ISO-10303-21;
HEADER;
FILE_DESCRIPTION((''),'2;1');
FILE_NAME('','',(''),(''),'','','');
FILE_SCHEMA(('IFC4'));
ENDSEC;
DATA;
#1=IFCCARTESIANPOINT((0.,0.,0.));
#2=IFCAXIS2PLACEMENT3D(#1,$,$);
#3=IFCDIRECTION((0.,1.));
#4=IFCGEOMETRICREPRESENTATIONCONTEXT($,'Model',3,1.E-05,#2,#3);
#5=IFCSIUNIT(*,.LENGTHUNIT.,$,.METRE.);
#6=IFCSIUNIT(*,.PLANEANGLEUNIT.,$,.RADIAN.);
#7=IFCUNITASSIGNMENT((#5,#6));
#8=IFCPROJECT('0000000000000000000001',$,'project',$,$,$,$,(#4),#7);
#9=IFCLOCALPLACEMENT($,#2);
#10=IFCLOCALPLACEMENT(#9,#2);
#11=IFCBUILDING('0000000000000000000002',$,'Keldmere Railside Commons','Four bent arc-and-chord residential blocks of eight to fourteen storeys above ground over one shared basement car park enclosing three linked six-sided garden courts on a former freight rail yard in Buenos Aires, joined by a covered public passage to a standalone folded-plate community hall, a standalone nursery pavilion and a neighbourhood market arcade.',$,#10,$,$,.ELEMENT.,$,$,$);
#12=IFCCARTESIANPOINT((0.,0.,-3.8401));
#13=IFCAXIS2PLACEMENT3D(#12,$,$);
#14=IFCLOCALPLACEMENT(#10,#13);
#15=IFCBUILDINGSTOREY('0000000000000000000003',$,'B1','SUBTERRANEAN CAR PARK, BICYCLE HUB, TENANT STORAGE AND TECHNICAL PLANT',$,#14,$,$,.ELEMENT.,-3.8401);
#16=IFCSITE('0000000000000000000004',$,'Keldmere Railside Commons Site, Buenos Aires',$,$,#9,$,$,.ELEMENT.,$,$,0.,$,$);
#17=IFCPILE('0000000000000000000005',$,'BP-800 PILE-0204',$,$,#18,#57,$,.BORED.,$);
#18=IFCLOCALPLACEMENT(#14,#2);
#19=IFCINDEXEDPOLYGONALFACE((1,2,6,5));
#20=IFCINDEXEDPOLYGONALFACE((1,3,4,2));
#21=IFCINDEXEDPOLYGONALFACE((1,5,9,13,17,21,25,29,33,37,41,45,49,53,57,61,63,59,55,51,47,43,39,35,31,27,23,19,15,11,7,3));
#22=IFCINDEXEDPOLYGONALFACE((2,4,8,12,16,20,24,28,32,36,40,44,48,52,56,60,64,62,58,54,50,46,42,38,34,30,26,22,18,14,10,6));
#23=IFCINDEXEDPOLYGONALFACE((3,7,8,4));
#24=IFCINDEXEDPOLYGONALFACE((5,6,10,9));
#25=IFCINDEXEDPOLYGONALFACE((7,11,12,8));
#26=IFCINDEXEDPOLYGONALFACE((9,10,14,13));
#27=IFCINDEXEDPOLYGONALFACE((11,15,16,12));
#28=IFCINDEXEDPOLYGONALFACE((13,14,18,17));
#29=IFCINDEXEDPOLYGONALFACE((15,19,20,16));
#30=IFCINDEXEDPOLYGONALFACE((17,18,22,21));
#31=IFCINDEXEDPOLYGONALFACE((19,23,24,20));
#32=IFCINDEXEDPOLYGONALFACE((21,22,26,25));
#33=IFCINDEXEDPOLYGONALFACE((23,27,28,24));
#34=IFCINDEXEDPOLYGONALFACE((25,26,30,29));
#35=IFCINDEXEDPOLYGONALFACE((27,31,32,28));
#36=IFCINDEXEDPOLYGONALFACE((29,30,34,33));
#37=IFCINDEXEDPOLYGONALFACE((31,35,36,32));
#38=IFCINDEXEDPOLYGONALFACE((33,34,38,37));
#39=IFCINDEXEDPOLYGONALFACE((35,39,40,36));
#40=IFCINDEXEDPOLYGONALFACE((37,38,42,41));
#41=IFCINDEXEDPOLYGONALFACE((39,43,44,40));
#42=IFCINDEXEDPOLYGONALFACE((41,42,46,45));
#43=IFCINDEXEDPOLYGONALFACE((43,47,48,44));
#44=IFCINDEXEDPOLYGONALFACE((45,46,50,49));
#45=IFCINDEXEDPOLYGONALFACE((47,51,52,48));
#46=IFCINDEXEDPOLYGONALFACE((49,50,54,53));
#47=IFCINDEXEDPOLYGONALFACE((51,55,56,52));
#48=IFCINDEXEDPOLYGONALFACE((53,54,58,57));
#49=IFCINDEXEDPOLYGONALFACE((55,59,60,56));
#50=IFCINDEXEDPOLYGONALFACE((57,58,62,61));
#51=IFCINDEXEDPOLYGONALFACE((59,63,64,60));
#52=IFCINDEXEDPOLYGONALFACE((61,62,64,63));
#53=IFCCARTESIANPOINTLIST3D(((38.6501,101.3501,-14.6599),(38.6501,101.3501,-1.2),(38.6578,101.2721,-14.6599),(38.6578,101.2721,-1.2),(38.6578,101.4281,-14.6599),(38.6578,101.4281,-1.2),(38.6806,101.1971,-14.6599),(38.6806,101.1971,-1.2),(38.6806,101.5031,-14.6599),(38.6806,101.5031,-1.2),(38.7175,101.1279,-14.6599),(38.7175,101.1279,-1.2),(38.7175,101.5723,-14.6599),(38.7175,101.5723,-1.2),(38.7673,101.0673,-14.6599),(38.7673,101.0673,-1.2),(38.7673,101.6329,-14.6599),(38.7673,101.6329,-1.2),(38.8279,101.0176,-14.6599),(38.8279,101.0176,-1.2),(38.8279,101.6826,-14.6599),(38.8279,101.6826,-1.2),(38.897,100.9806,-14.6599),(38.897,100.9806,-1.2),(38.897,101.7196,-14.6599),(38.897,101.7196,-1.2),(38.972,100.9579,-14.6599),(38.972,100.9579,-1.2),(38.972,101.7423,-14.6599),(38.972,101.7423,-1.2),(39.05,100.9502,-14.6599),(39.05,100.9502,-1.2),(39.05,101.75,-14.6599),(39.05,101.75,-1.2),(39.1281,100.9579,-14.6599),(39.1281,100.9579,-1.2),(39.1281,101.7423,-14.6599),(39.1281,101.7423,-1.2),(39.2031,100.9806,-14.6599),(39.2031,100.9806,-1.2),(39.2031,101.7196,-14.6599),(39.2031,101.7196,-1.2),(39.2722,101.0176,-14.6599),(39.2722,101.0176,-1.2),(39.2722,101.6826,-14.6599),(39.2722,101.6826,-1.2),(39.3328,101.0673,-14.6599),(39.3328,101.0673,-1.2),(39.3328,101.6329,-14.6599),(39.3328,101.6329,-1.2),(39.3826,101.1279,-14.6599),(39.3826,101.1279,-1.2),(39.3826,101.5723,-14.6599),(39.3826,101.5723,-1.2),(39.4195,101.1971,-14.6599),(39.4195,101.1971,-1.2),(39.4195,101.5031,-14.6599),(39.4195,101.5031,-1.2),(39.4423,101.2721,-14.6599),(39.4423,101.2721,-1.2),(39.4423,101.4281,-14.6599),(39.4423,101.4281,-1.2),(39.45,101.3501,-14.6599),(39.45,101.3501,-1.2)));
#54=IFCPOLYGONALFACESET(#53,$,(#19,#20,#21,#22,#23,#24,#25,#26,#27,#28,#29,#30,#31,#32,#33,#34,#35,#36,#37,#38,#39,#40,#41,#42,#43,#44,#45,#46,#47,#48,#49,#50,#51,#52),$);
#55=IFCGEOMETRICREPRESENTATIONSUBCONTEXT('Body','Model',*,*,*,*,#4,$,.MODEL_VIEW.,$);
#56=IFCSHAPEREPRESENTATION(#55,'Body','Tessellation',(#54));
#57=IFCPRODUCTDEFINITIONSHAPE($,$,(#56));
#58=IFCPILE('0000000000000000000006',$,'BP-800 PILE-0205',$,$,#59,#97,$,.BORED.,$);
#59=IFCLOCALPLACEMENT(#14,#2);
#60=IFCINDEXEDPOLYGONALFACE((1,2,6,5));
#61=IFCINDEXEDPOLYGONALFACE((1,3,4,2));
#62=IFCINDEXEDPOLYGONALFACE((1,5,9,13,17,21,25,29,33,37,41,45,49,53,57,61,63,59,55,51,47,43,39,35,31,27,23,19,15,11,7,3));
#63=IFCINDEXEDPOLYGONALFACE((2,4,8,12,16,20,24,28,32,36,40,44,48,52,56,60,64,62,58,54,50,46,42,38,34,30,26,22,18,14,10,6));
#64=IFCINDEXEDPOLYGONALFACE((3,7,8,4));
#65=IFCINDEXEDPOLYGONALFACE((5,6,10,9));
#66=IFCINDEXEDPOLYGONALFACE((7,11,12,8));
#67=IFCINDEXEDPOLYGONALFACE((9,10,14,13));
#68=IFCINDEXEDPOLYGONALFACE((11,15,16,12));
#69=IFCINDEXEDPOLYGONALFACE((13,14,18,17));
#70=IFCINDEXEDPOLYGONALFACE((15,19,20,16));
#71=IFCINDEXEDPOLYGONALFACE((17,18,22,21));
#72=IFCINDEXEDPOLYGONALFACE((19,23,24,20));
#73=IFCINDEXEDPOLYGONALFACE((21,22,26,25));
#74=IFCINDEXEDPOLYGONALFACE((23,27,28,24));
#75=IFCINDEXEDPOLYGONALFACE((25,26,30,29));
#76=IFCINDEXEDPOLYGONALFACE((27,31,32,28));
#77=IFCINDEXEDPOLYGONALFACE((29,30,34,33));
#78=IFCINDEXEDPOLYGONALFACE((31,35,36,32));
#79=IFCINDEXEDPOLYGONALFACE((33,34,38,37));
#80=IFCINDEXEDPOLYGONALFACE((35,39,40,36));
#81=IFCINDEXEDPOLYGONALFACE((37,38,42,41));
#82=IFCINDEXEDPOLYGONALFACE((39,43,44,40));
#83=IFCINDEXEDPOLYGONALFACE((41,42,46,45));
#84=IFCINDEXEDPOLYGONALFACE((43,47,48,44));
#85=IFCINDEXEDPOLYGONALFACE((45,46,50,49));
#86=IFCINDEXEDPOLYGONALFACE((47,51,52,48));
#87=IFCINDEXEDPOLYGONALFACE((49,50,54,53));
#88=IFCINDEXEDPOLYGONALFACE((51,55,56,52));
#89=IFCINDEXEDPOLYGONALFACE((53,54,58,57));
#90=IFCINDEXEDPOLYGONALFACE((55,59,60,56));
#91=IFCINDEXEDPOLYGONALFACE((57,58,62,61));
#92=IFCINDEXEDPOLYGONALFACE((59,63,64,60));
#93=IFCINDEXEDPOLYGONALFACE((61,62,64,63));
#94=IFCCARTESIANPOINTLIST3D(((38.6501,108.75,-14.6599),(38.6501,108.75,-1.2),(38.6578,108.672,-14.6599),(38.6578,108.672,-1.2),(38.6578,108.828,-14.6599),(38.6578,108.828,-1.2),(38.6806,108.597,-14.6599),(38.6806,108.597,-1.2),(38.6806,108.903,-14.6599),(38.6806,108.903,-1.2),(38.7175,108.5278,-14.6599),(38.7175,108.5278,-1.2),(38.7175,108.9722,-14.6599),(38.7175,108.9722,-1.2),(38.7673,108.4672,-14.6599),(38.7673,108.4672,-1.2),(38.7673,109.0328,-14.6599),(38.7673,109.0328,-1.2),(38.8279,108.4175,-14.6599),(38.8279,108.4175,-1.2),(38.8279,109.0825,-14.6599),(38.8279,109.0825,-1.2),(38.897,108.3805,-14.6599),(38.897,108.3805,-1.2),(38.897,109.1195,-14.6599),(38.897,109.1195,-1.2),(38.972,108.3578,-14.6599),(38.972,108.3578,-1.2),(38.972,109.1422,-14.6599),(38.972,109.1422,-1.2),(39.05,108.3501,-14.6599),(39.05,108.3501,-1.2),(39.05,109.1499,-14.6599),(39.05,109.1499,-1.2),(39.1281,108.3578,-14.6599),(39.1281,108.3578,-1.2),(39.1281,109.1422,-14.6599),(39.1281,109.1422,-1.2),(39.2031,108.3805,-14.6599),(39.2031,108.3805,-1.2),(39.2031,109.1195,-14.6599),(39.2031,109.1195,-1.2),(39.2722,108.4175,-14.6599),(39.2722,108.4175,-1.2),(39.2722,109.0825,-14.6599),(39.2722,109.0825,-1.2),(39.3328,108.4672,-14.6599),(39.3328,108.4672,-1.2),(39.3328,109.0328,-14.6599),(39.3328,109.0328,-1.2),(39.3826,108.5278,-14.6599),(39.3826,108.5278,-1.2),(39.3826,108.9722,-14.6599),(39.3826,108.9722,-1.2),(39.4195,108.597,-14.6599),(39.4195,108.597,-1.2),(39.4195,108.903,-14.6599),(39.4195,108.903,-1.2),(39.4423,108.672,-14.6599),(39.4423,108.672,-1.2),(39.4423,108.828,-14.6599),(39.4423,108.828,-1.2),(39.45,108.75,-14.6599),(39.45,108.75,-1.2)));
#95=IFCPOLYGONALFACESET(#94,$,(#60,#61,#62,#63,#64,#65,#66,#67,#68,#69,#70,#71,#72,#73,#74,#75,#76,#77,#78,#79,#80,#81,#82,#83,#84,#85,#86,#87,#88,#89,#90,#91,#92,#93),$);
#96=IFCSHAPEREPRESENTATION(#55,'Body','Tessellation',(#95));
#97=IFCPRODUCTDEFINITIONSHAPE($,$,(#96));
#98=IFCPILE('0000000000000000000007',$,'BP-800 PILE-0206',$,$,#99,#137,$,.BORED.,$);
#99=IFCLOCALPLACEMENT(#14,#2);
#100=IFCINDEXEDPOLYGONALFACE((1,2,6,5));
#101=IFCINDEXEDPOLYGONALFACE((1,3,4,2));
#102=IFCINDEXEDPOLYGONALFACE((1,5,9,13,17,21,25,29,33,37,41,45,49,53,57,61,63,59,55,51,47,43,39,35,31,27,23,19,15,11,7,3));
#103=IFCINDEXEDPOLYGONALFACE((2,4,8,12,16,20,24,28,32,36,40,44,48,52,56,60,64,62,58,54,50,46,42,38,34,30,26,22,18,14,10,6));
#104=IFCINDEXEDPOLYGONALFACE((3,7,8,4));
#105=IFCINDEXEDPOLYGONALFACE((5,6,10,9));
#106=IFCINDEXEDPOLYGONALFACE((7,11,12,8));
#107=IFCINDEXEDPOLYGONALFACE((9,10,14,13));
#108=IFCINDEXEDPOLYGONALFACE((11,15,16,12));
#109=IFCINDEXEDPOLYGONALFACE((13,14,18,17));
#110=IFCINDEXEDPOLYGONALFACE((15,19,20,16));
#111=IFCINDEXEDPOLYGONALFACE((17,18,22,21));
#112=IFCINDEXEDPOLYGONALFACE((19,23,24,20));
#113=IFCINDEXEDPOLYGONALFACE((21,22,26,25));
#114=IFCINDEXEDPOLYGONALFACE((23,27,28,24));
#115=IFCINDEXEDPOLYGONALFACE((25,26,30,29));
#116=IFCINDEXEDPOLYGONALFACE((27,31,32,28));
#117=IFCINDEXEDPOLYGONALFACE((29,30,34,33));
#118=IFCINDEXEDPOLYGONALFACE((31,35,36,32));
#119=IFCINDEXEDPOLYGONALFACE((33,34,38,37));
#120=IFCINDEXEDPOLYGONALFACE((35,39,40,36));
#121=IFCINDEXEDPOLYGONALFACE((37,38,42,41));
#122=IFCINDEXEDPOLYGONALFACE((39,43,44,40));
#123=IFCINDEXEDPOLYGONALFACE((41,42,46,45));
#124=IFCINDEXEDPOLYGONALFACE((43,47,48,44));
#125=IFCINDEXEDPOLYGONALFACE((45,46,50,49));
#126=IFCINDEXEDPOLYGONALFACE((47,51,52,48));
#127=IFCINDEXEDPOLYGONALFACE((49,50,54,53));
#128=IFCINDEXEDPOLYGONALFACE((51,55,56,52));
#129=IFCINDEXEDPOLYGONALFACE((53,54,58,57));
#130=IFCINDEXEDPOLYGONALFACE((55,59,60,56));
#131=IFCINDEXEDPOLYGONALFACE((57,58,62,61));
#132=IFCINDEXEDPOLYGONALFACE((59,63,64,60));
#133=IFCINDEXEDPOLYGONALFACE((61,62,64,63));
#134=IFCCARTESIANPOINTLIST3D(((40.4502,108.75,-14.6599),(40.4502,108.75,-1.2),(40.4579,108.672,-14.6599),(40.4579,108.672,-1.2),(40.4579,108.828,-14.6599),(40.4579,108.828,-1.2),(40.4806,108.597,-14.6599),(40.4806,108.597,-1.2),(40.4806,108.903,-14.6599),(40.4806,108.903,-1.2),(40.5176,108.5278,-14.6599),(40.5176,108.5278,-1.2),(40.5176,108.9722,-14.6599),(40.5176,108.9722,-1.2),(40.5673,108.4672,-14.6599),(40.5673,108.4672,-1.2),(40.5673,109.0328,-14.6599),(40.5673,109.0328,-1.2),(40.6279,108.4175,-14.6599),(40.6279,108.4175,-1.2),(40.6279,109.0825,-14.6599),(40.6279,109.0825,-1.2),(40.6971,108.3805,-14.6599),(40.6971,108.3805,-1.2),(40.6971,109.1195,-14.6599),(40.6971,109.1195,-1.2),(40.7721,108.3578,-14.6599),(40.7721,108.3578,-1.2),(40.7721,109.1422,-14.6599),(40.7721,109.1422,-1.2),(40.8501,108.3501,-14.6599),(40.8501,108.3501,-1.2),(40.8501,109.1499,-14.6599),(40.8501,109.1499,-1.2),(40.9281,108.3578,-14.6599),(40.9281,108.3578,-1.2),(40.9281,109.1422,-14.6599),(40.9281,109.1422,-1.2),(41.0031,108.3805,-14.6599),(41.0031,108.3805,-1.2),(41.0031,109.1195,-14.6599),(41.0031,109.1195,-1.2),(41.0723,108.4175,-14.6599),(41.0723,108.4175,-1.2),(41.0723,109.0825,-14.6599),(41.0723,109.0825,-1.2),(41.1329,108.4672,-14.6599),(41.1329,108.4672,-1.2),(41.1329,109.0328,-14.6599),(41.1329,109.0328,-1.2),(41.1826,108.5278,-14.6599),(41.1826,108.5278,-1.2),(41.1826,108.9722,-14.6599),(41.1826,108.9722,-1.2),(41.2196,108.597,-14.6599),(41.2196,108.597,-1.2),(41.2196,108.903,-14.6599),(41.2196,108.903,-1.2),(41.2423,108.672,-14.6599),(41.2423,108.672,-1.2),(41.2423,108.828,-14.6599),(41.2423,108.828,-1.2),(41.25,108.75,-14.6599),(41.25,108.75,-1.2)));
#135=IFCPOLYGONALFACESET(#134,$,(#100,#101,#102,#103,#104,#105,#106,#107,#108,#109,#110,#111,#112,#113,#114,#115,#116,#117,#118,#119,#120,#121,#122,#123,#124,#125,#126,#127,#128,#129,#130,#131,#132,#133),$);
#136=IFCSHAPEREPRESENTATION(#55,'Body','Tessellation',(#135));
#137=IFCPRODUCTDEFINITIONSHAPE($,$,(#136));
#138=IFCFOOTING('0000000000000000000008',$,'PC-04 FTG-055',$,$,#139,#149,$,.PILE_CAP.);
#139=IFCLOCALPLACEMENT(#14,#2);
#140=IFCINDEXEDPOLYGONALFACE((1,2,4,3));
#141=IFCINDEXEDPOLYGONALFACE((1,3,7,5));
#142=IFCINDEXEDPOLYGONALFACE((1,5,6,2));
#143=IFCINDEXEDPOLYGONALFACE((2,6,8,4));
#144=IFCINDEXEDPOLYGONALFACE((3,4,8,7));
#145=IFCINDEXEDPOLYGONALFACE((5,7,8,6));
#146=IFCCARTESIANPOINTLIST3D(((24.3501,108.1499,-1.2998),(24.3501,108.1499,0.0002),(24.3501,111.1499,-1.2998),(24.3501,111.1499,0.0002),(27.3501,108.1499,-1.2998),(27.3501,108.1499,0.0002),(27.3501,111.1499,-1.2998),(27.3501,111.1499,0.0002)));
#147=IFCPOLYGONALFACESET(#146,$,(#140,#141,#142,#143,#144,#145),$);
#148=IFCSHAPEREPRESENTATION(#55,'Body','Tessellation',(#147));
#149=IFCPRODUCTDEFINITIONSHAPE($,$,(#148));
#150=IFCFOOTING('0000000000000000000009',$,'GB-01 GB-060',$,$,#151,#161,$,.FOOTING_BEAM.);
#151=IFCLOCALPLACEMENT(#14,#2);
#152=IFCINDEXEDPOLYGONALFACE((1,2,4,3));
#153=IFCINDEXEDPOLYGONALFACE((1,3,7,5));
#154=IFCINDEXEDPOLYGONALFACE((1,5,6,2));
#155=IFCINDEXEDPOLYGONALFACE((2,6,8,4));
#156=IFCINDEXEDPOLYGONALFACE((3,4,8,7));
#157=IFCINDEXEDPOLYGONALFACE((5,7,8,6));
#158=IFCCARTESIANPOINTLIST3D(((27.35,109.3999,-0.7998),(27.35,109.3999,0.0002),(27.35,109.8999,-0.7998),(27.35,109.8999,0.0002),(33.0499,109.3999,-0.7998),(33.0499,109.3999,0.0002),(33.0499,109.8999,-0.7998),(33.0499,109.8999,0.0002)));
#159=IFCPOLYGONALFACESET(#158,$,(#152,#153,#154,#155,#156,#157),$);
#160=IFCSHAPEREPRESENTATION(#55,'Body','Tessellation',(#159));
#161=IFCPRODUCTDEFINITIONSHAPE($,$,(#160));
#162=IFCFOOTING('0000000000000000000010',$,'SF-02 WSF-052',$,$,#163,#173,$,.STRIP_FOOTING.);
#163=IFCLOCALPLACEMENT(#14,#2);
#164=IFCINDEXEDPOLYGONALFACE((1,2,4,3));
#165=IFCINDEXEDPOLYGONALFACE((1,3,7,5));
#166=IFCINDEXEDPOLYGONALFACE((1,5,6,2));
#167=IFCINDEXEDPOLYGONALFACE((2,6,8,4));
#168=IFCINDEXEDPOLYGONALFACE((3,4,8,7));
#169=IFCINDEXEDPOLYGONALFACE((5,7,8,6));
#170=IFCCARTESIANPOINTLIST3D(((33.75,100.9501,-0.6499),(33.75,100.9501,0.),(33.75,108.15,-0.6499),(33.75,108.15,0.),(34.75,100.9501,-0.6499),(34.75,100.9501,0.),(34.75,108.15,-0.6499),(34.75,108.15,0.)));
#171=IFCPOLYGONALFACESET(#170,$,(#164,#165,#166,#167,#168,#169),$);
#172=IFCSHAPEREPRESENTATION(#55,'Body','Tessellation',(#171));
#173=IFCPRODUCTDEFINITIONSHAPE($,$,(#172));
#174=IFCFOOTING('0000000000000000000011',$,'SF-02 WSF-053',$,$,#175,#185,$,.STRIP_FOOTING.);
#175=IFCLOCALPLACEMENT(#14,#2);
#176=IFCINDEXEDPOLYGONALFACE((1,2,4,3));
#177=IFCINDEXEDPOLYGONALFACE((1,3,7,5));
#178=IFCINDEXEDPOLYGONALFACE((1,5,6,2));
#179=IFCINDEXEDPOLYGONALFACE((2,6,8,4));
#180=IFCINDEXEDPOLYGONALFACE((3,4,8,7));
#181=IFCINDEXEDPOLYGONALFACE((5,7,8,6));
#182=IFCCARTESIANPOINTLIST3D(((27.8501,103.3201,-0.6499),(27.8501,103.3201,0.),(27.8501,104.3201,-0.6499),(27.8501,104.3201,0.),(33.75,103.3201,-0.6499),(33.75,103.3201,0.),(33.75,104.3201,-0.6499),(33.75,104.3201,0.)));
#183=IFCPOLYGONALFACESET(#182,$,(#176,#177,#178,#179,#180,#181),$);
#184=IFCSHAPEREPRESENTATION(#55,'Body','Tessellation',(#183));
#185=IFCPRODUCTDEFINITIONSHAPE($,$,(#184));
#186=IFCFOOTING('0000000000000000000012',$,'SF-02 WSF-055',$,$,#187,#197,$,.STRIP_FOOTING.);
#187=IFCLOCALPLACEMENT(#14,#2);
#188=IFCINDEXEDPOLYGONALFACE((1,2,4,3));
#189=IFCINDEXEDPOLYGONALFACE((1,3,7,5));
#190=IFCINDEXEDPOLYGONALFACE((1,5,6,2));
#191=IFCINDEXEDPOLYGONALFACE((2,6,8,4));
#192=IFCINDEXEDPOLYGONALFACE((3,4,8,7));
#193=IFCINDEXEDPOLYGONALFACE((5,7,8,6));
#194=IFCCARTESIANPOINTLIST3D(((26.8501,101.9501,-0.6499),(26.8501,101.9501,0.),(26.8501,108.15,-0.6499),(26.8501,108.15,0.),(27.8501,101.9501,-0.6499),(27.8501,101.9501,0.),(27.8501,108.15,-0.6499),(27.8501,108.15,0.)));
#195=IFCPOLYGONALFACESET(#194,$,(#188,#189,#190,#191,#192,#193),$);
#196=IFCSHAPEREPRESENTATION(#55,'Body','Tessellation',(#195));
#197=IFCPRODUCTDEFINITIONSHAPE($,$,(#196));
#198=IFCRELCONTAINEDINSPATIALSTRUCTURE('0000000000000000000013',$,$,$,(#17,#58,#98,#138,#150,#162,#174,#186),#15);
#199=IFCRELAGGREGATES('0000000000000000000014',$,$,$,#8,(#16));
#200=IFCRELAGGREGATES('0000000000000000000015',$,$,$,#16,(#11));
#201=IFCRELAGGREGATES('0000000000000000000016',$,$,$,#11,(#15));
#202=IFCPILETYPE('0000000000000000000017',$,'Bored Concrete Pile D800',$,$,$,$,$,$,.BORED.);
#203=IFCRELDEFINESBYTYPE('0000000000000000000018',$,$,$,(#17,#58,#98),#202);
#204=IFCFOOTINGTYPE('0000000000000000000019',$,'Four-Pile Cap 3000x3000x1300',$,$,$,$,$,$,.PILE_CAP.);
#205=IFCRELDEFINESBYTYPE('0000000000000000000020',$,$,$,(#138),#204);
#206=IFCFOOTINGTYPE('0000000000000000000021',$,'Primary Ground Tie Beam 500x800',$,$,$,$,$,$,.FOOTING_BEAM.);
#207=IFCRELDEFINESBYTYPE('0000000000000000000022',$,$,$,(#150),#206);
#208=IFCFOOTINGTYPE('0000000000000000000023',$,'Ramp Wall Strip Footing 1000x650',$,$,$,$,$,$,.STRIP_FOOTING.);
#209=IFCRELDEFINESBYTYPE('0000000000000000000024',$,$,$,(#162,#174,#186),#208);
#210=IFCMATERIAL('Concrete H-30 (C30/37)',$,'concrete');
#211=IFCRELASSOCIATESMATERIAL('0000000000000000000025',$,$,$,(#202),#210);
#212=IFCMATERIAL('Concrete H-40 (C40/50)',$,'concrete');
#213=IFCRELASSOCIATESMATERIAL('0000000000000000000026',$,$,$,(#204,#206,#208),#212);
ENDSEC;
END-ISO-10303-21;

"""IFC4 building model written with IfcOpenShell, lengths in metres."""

from ifc_helpers import new_model, si_unit, direction, frame, origin, origin_2d, place, context, subcontext, project, spatial, rectangle, circle, extrude, material, material_profile, profile_set, type_object, element, save


model = new_model("IFC4")

# Units and contexts
model_context = context("Model", 3, precision=1e-05, world=origin(), true_north=direction((0.0, 1.0)))
body_context = subcontext(model_context, "Body", "Model", "MODEL_VIEW")
ifc_project = project(units=[si_unit("LENGTHUNIT", "METRE"), si_unit("PLANEANGLEUNIT", "RADIAN")], contexts=[model_context])

# Site, building, storey
site_placement = place(None, origin())
site = spatial("IfcSite", under=ifc_project, at=site_placement, Name="Keldmere Railside Commons Site, Buenos Aires", CompositionType="ELEMENT", RefElevation=0.0)
building_placement = place(site_placement, origin())
building = spatial("IfcBuilding", under=site, at=building_placement, Name="Keldmere Railside Commons", Description="Four bent arc-and-chord residential blocks of eight to fourteen storeys above ground over one shared basement car park enclosing three linked six-sided garden courts on a former freight rail yard in Buenos Aires, joined by a covered public passage to a standalone folded-plate community hall, a standalone nursery pavilion and a neighbourhood market arcade.", CompositionType="ELEMENT")
storey_placement = place(building_placement, frame((0.0, 0.0, -3.8401)))
storey = spatial("IfcBuildingStorey", under=building, at=storey_placement, Name="B1", Description="SUBTERRANEAN CAR PARK, BICYCLE HUB, TENANT STORAGE AND TECHNICAL PLANT", CompositionType="ELEMENT", Elevation=-3.8401)

# Piles
ifc_material_1 = material(Name="Concrete H-30 (C30/37)", Category="concrete")
ifc_material_profile_1 = material_profile(ifc_material_1, circle(Radius=0.3999, at=origin_2d()), Name="PILE-D800")
ifc_profile_set_1 = profile_set([ifc_material_profile_1], Name="Concrete H-30 (C30/37)")
pile_type = type_object("IfcPileType", Name="Bored Concrete Pile D800", PredefinedType="BORED", material=ifc_profile_set_1)
for number, where, z_axis, x_axis, name in (
    (1, (39.05, 101.3501, -1.2), (0.0, 0.0, -1.0), (1.0, 0.0, 0.0), "BP-800 PILE-0204"),
    (2, (39.05, 108.75, -1.2), (0.0, 0.0, -1.0), (1.0, 0.0, 0.0), "BP-800 PILE-0205"),
    (3, (40.8501, 108.75, -1.2), (0.0, 0.0, -1.0), (1.0, 0.0, 0.0), "BP-800 PILE-0206"),
):
    element("IfcPile", number, at=place(storey_placement, frame(where, z_axis=z_axis, x_axis=x_axis)), inside=storey, type_object=pile_type, Name=name, PredefinedType="BORED", context=body_context, shape_type="SweptSolid", body=[
        extrude(circle(Radius=0.3999, at=origin_2d()), origin(), (0.0, 0.0, 1.0), 13.46),
    ])

# Footings
ifc_material_2 = material(Name="Concrete H-40 (C40/50)", Category="concrete")
footing_type_1 = type_object("IfcFootingType", Name="Four-Pile Cap 3000x3000x1300", PredefinedType="PILE_CAP", material=ifc_material_2)
footing_1_placement = place(storey_placement, frame((25.8501, 109.6499, -1.2998), z_axis=(0.0, 0.0, 1.0), x_axis=(1.0, 0.0, 0.0)))
element("IfcFooting", 4, at=footing_1_placement, inside=storey, type_object=footing_type_1, Name="PC-04 FTG-055", PredefinedType="PILE_CAP", context=body_context, shape_type="SweptSolid", body=[
    extrude(rectangle(XDim=3.0, YDim=3.0, at=origin_2d()), origin(), (0.0, 0.0, 1.0), 1.3),
])
footing_type_2 = type_object("IfcFootingType", Name="Primary Ground Tie Beam 500x800", PredefinedType="FOOTING_BEAM", material=ifc_material_2)
footing_2_placement = place(storey_placement, frame((30.2, 109.6499, -0.7998), z_axis=(0.0, 0.0, 1.0), x_axis=(1.0, 0.0, 0.0)))
element("IfcFooting", 5, at=footing_2_placement, inside=storey, type_object=footing_type_2, Name="GB-01 GB-060", PredefinedType="FOOTING_BEAM", context=body_context, shape_type="SweptSolid", body=[
    extrude(rectangle(XDim=5.7, YDim=0.5, at=origin_2d()), origin(), (0.0, 0.0, 1.0), 0.8),
])
footing_type_3 = type_object("IfcFootingType", Name="Ramp Wall Strip Footing 1000x650", PredefinedType="STRIP_FOOTING", material=ifc_material_2)
footing_3_placement = place(storey_placement, frame((34.25, 104.55, -0.6499), z_axis=(0.0, 0.0, 1.0), x_axis=(0.0, 1.0, 0.0)))
element("IfcFooting", 6, at=footing_3_placement, inside=storey, type_object=footing_type_3, Name="SF-02 WSF-052", PredefinedType="STRIP_FOOTING", context=body_context, shape_type="SweptSolid", body=[
    extrude(rectangle(XDim=7.2, YDim=1.0, at=origin_2d()), origin(), (0.0, 0.0, 1.0), 0.6499),
])
footing_4_placement = place(storey_placement, frame((30.8, 103.8201, -0.6499), z_axis=(0.0, 0.0, 1.0), x_axis=(1.0, 0.0, 0.0)))
element("IfcFooting", 7, at=footing_4_placement, inside=storey, type_object=footing_type_3, Name="SF-02 WSF-053", PredefinedType="STRIP_FOOTING", context=body_context, shape_type="SweptSolid", body=[
    extrude(rectangle(XDim=5.8999, YDim=1.0, at=origin_2d()), origin(), (0.0, 0.0, 1.0), 0.6499),
])
footing_5_placement = place(storey_placement, frame((27.3501, 105.05, -0.6499), z_axis=(0.0, 0.0, 1.0), x_axis=(0.0, 1.0, 0.0)))
element("IfcFooting", 8, at=footing_5_placement, inside=storey, type_object=footing_type_3, Name="SF-02 WSF-055", PredefinedType="STRIP_FOOTING", context=body_context, shape_type="SweptSolid", body=[
    extrude(rectangle(XDim=6.2, YDim=1.0, at=origin_2d()), origin(), (0.0, 0.0, 1.0), 0.6499),
])

save(model, "model.ifc")
